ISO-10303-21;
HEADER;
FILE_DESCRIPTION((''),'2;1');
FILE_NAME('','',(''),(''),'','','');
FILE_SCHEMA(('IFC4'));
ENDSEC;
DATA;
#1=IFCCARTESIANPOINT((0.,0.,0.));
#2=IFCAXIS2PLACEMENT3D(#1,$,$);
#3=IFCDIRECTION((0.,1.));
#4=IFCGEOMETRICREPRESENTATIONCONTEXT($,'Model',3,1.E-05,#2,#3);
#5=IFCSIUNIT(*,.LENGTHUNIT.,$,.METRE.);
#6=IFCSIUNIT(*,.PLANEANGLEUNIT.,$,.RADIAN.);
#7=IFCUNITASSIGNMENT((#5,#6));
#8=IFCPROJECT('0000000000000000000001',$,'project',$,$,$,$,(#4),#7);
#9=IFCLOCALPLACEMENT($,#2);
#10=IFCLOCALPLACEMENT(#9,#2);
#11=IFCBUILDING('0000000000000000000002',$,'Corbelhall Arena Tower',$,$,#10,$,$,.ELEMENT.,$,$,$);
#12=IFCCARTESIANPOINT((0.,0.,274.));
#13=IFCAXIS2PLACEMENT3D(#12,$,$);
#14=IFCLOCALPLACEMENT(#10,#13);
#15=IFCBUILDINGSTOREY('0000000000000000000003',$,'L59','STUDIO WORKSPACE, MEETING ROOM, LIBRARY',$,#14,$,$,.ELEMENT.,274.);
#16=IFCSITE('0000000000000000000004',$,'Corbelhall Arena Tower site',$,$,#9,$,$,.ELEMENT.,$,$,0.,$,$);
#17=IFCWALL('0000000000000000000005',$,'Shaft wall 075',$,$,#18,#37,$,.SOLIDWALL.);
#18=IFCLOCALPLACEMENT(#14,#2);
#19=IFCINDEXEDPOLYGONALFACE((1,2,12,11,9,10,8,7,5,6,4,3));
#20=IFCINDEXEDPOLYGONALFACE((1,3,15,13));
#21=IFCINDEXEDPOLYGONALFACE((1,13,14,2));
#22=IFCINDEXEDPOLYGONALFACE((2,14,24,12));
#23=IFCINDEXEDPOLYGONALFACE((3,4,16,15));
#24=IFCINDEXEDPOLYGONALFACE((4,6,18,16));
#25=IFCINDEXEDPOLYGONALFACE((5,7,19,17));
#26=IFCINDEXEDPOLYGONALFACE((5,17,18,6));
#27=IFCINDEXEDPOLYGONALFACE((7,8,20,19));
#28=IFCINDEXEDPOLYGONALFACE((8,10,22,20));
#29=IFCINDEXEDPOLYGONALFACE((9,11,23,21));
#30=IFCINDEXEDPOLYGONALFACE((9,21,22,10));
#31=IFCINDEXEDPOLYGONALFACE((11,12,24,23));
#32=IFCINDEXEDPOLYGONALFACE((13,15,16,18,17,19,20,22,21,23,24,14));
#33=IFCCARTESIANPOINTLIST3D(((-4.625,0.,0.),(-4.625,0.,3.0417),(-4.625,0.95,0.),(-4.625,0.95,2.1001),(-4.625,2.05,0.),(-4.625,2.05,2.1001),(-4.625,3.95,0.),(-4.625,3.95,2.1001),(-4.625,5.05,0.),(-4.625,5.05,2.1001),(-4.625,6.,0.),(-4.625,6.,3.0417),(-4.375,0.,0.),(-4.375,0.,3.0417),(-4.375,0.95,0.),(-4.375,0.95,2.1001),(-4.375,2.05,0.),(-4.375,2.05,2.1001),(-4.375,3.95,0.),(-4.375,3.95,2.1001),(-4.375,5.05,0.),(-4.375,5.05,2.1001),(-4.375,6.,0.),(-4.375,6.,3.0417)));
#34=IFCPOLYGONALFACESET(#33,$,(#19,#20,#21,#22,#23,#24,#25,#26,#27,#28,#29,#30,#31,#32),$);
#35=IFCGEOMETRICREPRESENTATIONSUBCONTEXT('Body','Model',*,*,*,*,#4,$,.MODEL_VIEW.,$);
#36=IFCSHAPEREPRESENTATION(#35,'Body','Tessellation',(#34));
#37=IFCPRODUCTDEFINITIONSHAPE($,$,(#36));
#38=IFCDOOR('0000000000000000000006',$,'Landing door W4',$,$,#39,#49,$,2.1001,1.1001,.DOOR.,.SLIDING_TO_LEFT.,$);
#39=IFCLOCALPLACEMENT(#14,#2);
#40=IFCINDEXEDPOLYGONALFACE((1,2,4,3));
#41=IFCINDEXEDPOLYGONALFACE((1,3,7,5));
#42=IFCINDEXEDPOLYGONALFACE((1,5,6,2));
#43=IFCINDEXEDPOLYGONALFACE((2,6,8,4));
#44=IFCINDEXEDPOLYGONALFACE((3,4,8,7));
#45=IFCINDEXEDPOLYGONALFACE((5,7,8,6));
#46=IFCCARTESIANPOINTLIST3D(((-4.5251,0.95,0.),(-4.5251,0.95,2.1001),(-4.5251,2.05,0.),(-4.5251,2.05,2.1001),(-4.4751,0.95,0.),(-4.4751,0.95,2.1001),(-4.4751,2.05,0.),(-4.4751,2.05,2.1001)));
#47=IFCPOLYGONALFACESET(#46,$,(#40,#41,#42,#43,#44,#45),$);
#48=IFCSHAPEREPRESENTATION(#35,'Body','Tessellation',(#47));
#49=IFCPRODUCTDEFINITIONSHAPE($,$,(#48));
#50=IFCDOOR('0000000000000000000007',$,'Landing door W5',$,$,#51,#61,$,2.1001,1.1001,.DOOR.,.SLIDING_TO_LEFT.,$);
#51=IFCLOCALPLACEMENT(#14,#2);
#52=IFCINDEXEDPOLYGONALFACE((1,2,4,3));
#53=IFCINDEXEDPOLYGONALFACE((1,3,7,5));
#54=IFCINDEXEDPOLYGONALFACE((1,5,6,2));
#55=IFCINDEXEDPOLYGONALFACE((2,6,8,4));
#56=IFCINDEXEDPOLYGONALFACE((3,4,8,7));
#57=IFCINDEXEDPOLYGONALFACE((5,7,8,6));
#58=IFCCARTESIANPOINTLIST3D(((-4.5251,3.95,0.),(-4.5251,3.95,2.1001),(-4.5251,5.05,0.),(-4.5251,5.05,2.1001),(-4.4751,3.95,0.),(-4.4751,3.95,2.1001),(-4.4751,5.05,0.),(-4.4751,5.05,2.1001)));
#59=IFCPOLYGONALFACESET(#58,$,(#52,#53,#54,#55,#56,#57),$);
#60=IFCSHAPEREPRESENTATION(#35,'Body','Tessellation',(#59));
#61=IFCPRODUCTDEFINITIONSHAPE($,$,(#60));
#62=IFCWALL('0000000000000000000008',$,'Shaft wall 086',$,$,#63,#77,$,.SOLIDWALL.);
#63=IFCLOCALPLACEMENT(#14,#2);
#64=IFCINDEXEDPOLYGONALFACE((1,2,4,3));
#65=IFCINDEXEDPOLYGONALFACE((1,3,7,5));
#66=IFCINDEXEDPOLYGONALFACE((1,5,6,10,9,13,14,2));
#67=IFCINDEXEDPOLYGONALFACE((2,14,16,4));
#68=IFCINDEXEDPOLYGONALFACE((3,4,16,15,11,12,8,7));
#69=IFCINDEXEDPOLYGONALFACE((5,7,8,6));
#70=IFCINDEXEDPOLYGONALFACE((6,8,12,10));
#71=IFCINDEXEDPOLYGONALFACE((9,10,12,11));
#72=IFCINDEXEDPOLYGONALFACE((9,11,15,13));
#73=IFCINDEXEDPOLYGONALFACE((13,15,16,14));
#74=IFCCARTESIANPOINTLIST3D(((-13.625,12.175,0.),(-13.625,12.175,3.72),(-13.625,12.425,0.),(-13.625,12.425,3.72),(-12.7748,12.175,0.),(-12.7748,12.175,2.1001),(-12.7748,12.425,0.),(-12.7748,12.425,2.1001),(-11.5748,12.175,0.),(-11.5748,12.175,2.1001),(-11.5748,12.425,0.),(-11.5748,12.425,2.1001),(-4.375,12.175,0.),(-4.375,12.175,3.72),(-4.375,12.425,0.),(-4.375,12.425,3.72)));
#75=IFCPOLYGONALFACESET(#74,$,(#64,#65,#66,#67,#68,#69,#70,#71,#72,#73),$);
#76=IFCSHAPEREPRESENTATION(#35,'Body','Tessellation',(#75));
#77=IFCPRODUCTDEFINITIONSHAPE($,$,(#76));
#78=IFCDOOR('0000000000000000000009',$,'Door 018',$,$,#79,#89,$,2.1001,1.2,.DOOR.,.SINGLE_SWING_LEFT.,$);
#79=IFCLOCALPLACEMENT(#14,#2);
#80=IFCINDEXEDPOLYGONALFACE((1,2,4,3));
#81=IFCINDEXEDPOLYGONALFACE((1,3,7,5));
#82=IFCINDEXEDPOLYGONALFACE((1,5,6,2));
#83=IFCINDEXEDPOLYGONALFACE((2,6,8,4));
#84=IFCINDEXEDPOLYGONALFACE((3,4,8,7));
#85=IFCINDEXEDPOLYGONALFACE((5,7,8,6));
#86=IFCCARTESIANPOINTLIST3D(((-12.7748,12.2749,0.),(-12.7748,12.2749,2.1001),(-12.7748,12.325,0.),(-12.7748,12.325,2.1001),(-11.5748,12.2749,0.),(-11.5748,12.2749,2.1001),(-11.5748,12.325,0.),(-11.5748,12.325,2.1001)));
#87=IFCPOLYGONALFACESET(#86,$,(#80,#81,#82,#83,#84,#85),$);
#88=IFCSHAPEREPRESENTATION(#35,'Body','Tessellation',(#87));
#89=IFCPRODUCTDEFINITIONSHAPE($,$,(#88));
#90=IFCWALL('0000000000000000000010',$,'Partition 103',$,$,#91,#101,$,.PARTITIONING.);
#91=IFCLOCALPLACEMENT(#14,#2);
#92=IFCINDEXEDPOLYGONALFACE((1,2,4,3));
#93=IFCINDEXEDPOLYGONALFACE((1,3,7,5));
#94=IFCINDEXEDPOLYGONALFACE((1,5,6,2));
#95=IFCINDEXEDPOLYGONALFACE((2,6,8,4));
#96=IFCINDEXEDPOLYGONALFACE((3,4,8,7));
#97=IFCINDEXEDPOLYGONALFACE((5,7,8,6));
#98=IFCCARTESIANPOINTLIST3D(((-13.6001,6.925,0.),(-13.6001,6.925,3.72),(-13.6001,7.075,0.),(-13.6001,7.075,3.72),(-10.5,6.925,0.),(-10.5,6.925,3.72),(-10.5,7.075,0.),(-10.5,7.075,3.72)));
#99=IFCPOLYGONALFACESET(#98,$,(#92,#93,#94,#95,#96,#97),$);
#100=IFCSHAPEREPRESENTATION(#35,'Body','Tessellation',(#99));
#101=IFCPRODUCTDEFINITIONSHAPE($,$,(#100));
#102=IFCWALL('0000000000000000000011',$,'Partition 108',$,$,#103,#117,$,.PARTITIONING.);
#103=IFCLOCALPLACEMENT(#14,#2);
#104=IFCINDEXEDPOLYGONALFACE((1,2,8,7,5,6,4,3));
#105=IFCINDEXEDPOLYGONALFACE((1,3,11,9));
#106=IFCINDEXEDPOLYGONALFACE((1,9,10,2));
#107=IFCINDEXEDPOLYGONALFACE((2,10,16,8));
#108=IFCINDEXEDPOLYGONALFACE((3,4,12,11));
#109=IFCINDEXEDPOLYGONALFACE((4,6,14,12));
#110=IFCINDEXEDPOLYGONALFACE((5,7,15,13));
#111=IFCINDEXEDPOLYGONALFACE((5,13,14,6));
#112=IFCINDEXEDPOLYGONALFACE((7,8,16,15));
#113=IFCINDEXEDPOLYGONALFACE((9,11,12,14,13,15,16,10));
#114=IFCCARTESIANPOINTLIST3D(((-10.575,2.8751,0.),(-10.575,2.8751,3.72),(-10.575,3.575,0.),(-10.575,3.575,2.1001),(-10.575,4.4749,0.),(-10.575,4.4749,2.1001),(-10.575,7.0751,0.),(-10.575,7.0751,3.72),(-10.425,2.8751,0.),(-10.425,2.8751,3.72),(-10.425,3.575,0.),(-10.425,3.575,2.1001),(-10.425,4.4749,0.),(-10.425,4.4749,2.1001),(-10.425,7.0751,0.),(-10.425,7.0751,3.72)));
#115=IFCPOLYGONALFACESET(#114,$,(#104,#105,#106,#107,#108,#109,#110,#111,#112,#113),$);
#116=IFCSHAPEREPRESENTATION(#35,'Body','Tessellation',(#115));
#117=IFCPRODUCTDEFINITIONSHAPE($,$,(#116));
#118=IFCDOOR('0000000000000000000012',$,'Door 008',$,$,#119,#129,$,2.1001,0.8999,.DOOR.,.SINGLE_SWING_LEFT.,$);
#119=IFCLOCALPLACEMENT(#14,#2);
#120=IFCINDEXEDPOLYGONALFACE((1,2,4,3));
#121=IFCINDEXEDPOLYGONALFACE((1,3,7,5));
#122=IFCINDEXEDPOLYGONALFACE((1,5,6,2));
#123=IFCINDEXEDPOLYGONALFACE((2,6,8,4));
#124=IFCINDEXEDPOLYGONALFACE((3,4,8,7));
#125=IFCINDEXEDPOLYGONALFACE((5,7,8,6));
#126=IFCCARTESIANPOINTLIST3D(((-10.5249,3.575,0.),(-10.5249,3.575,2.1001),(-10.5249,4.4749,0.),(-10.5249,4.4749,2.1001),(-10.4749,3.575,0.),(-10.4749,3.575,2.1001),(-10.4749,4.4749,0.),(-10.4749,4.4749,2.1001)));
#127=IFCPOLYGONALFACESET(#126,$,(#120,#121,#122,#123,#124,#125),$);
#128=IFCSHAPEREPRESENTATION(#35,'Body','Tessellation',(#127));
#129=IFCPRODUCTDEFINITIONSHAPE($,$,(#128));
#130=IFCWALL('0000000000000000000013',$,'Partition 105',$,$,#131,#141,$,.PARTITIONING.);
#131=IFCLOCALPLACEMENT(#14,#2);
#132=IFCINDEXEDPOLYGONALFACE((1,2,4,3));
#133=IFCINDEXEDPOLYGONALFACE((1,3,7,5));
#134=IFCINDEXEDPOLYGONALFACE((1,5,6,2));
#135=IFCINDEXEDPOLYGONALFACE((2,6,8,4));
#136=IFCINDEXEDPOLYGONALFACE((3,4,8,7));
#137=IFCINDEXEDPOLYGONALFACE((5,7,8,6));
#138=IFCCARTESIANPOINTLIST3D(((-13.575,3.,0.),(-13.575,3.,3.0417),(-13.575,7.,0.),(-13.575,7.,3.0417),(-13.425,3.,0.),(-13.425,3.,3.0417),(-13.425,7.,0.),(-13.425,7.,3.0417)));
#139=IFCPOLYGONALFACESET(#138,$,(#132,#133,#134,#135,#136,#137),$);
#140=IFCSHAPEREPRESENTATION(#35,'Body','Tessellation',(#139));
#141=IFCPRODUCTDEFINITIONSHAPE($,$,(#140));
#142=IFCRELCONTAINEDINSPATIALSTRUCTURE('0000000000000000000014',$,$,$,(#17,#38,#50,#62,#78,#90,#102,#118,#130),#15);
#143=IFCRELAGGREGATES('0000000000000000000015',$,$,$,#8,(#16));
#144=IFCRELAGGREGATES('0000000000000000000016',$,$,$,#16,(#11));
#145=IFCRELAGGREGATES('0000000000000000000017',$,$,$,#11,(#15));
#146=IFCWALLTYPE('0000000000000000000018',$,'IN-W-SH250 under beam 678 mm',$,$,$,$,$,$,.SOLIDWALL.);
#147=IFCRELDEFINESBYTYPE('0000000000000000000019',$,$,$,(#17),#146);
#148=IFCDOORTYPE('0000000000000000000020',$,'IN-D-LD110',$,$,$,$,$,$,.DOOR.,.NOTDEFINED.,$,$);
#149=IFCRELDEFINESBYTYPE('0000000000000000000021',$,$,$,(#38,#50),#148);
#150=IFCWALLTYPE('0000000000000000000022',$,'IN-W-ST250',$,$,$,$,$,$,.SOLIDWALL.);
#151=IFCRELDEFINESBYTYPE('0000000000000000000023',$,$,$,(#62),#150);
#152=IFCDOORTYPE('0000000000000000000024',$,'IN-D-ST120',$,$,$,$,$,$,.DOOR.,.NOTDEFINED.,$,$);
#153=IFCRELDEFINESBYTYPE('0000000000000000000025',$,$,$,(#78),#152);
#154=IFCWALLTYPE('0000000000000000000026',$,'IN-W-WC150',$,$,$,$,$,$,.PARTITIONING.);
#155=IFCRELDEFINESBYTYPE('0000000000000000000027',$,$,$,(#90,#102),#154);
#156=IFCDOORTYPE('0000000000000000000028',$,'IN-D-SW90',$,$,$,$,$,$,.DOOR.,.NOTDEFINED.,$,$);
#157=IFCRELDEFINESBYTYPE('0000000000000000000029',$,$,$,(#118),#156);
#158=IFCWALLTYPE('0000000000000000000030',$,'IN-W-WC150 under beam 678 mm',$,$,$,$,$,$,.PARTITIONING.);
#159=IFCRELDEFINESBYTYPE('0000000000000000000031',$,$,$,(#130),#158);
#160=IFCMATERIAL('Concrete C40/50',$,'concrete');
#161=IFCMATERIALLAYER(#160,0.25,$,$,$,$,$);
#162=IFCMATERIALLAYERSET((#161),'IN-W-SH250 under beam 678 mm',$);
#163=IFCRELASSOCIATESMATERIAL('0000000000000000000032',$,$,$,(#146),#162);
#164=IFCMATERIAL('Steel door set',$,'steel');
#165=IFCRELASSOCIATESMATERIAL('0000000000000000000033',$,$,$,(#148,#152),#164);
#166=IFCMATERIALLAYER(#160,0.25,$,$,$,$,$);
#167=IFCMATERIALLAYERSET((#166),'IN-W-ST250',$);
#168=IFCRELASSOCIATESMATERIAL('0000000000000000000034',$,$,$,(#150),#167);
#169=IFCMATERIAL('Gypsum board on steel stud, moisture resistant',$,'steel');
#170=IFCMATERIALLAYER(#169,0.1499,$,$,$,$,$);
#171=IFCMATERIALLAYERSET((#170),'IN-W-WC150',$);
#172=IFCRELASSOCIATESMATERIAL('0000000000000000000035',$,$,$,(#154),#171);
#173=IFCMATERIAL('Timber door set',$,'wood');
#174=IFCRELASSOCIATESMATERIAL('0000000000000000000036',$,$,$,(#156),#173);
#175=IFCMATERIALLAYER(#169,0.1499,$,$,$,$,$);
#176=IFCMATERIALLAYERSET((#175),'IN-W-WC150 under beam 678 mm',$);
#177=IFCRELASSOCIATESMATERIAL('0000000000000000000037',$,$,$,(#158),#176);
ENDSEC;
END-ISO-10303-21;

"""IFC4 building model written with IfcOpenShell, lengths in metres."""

from ifc_helpers import new_model, si_unit, direction, frame, frame_2d, origin, place, context, subcontext, project, spatial, rectangle, extrude, material, layer, layer_set, type_object, element, fill, save


model = new_model("IFC4")

# Units and contexts
model_context = context("Model", 3, precision=1e-05, world=origin(), true_north=direction((0.0, 1.0)))
body_context = subcontext(model_context, "Body", "Model", "MODEL_VIEW")
ifc_project = project(units=[si_unit("LENGTHUNIT", "METRE"), si_unit("PLANEANGLEUNIT", "RADIAN")], contexts=[model_context])

# Site, building, storey
site_placement = place(None, origin())
site = spatial("IfcSite", under=ifc_project, at=site_placement, Name="Corbelhall Arena Tower site", CompositionType="ELEMENT", RefElevation=0.0)
building_placement = place(site_placement, origin())
building = spatial("IfcBuilding", under=site, at=building_placement, Name="Corbelhall Arena Tower", CompositionType="ELEMENT")
storey_placement = place(building_placement, frame((0.0, 0.0, 274.0)))
storey = spatial("IfcBuildingStorey", under=building, at=storey_placement, Name="L59", Description="STUDIO WORKSPACE, MEETING ROOM, LIBRARY", CompositionType="ELEMENT", Elevation=274.0)

# Shared definitions
ifc_material_1 = material(Name="Steel door set", Category="steel")

# Shared definitions
ifc_material_2 = material(Name="Concrete C40/50", Category="concrete")

# Wall, openings, doors
ifc_layer_1 = layer(ifc_material_2, 0.25)
ifc_layer_set_1 = layer_set([ifc_layer_1], Name="IN-W-SH250 under beam 678 mm")
wall_type_1 = type_object("IfcWallType", Name="IN-W-SH250 under beam 678 mm", PredefinedType="SOLIDWALL", material=ifc_layer_set_1)
wall_1_placement = place(storey_placement, frame((-4.5, 6.0, 0.0), z_axis=(0.0, 0.0, 1.0), x_axis=(0.0, -1.0, 0.0)))
wall_1 = element("IfcWall", 1, at=wall_1_placement, inside=storey, type_object=wall_type_1, Name="Shaft wall 075", PredefinedType="SOLIDWALL", context=body_context, shape_type="SweptSolid", body=[
    extrude(rectangle(XDim=6.0, YDim=0.25, at=frame_2d((3.0, 0.0))), origin(), (0.0, 0.0, 1.0), 3.0417),
])
opening_1_placement = place(wall_1_placement, frame((3.95, 0.0, 0.0)))
opening_1 = element("IfcOpeningElement", 2, at=opening_1_placement, cuts=wall_1, PredefinedType="OPENING", context=body_context, shape_type="SweptSolid", body=[
    extrude(rectangle(XDim=1.1001, YDim=2.1001, at=frame_2d((0.55, 1.05))), frame((0.0, 0.125, 0.0), z_axis=(0.0, -1.0, 0.0), x_axis=(1.0, 0.0, 0.0)), (0.0, 0.0, 1.0), 0.25),
])
opening_2_placement = place(wall_1_placement, frame((0.95, 0.0, 0.0)))
opening_2 = element("IfcOpeningElement", 3, at=opening_2_placement, cuts=wall_1, PredefinedType="OPENING", context=body_context, shape_type="SweptSolid", body=[
    extrude(rectangle(XDim=1.1001, YDim=2.1001, at=frame_2d((0.55, 1.05))), frame((0.0, 0.125, 0.0), z_axis=(0.0, -1.0, 0.0), x_axis=(1.0, 0.0, 0.0)), (0.0, 0.0, 1.0), 0.25),
])
door_type_1 = type_object("IfcDoorType", Name="IN-D-LD110", OperationType="NOTDEFINED", PredefinedType="DOOR", material=ifc_material_1)
door_1_placement = place(opening_1_placement, origin())
door_1 = element("IfcDoor", 4, at=door_1_placement, inside=storey, type_object=door_type_1, Name="Landing door W4", OperationType="SLIDING_TO_LEFT", OverallHeight=2.1001, OverallWidth=1.1001, PredefinedType="DOOR", context=body_context, shape_type="SweptSolid", body=[
    extrude(rectangle(XDim=1.1001, YDim=2.1001, at=frame_2d((0.55, 1.05))), frame((0.0, 0.0249, 0.0), z_axis=(0.0, -1.0, 0.0), x_axis=(1.0, 0.0, 0.0)), (0.0, 0.0, 1.0), 0.05),
])
fill(opening_1, door_1)
door_2_placement = place(opening_2_placement, origin())
door_2 = element("IfcDoor", 5, at=door_2_placement, inside=storey, type_object=door_type_1, Name="Landing door W5", OperationType="SLIDING_TO_LEFT", OverallHeight=2.1001, OverallWidth=1.1001, PredefinedType="DOOR", context=body_context, shape_type="SweptSolid", body=[
    extrude(rectangle(XDim=1.1001, YDim=2.1001, at=frame_2d((0.55, 1.05))), frame((0.0, 0.0249, 0.0), z_axis=(0.0, -1.0, 0.0), x_axis=(1.0, 0.0, 0.0)), (0.0, 0.0, 1.0), 0.05),
])
fill(opening_2, door_2)

# Wall, opening, door
ifc_layer_2 = layer(ifc_material_2, 0.25)
ifc_layer_set_2 = layer_set([ifc_layer_2], Name="IN-W-ST250")
wall_type_2 = type_object("IfcWallType", Name="IN-W-ST250", PredefinedType="SOLIDWALL", material=ifc_layer_set_2)
wall_2_placement = place(storey_placement, frame((-13.625, 12.3, 0.0), z_axis=(0.0, 0.0, 1.0), x_axis=(1.0, 0.0, 0.0)))
wall_2 = element("IfcWall", 6, at=wall_2_placement, inside=storey, type_object=wall_type_2, Name="Shaft wall 086", PredefinedType="SOLIDWALL", context=body_context, shape_type="SweptSolid", body=[
    extrude(rectangle(XDim=9.25, YDim=0.25, at=frame_2d((4.625, 0.0))), origin(), (0.0, 0.0, 1.0), 3.72),
])
opening_3_placement = place(wall_2_placement, frame((0.8501, 0.0, 0.0)))
opening_3 = element("IfcOpeningElement", 7, at=opening_3_placement, cuts=wall_2, PredefinedType="OPENING", context=body_context, shape_type="SweptSolid", body=[
    extrude(rectangle(XDim=1.2, YDim=2.1001, at=frame_2d((0.6001, 1.05))), frame((0.0, 0.125, 0.0), z_axis=(0.0, -1.0, 0.0), x_axis=(1.0, 0.0, 0.0)), (0.0, 0.0, 1.0), 0.25),
])
door_type_2 = type_object("IfcDoorType", Name="IN-D-ST120", OperationType="NOTDEFINED", PredefinedType="DOOR", material=ifc_material_1)
door_3_placement = place(opening_3_placement, origin())
door_3 = element("IfcDoor", 8, at=door_3_placement, inside=storey, type_object=door_type_2, Name="Door 018", OperationType="SINGLE_SWING_LEFT", OverallHeight=2.1001, OverallWidth=1.2, PredefinedType="DOOR", context=body_context, shape_type="SweptSolid", body=[
    extrude(rectangle(XDim=1.2, YDim=2.1001, at=frame_2d((0.6001, 1.05))), frame((0.0, 0.0249, 0.0), z_axis=(0.0, -1.0, 0.0), x_axis=(1.0, 0.0, 0.0)), (0.0, 0.0, 1.0), 0.05),
])
fill(opening_3, door_3)

# Wall
ifc_material_3 = material(Name="Gypsum board on steel stud, moisture resistant", Category="steel")
ifc_layer_3 = layer(ifc_material_3, 0.1499)
ifc_layer_set_3 = layer_set([ifc_layer_3], Name="IN-W-WC150")
wall_type_3 = type_object("IfcWallType", Name="IN-W-WC150", PredefinedType="PARTITIONING", material=ifc_layer_set_3)
wall_3_placement = place(storey_placement, frame((-13.6001, 7.0, 0.0), z_axis=(0.0, 0.0, 1.0), x_axis=(1.0, 0.0, 0.0)))
element("IfcWall", 9, at=wall_3_placement, inside=storey, type_object=wall_type_3, Name="Partition 103", PredefinedType="PARTITIONING", context=body_context, shape_type="SweptSolid", body=[
    extrude(rectangle(XDim=3.1001, YDim=0.1499, at=frame_2d((1.55, 0.0))), origin(), (0.0, 0.0, 1.0), 3.72),
])

# Wall, opening, door
wall_4_placement = place(storey_placement, frame((-10.5, 2.875, 0.0), z_axis=(0.0, 0.0, 1.0), x_axis=(0.0, 1.0, 0.0)))
wall_4 = element("IfcWall", 10, at=wall_4_placement, inside=storey, type_object=wall_type_3, Name="Partition 108", PredefinedType="PARTITIONING", context=body_context, shape_type="SweptSolid", body=[
    extrude(rectangle(XDim=4.2, YDim=0.1499, at=frame_2d((2.1001, 0.0))), origin(), (0.0, 0.0, 1.0), 3.72),
])
opening_4_placement = place(wall_4_placement, frame((0.7, 0.0, 0.0)))
opening_4 = element("IfcOpeningElement", 11, at=opening_4_placement, cuts=wall_4, PredefinedType="OPENING", context=body_context, shape_type="SweptSolid", body=[
    extrude(rectangle(XDim=0.8999, YDim=2.1001, at=frame_2d((0.45, 1.05))), frame((0.0, 0.075, 0.0), z_axis=(0.0, -1.0, 0.0), x_axis=(1.0, 0.0, 0.0)), (0.0, 0.0, 1.0), 0.1499),
])
ifc_material_4 = material(Name="Timber door set", Category="wood")
door_type_3 = type_object("IfcDoorType", Name="IN-D-SW90", OperationType="NOTDEFINED", PredefinedType="DOOR", material=ifc_material_4)
door_4_placement = place(opening_4_placement, origin())
door_4 = element("IfcDoor", 12, at=door_4_placement, inside=storey, type_object=door_type_3, Name="Door 008", OperationType="SINGLE_SWING_LEFT", OverallHeight=2.1001, OverallWidth=0.8999, PredefinedType="DOOR", context=body_context, shape_type="SweptSolid", body=[
    extrude(rectangle(XDim=0.8999, YDim=2.1001, at=frame_2d((0.45, 1.05))), frame((0.0, 0.0249, 0.0), z_axis=(0.0, -1.0, 0.0), x_axis=(1.0, 0.0, 0.0)), (0.0, 0.0, 1.0), 0.05),
])
fill(opening_4, door_4)

# Wall
ifc_layer_4 = layer(ifc_material_3, 0.1499)
ifc_layer_set_4 = layer_set([ifc_layer_4], Name="IN-W-WC150 under beam 678 mm")
wall_type_4 = type_object("IfcWallType", Name="IN-W-WC150 under beam 678 mm", PredefinedType="PARTITIONING", material=ifc_layer_set_4)
wall_5_placement = place(storey_placement, frame((-13.5, 3.0, 0.0), z_axis=(0.0, 0.0, 1.0), x_axis=(0.0, 1.0, 0.0)))
element("IfcWall", 13, at=wall_5_placement, inside=storey, type_object=wall_type_4, Name="Partition 105", PredefinedType="PARTITIONING", context=body_context, shape_type="SweptSolid", body=[
    extrude(rectangle(XDim=4.0, YDim=0.1499, at=frame_2d((2.0, 0.0))), origin(), (0.0, 0.0, 1.0), 3.0417),
])

save(model, "model.ifc")
